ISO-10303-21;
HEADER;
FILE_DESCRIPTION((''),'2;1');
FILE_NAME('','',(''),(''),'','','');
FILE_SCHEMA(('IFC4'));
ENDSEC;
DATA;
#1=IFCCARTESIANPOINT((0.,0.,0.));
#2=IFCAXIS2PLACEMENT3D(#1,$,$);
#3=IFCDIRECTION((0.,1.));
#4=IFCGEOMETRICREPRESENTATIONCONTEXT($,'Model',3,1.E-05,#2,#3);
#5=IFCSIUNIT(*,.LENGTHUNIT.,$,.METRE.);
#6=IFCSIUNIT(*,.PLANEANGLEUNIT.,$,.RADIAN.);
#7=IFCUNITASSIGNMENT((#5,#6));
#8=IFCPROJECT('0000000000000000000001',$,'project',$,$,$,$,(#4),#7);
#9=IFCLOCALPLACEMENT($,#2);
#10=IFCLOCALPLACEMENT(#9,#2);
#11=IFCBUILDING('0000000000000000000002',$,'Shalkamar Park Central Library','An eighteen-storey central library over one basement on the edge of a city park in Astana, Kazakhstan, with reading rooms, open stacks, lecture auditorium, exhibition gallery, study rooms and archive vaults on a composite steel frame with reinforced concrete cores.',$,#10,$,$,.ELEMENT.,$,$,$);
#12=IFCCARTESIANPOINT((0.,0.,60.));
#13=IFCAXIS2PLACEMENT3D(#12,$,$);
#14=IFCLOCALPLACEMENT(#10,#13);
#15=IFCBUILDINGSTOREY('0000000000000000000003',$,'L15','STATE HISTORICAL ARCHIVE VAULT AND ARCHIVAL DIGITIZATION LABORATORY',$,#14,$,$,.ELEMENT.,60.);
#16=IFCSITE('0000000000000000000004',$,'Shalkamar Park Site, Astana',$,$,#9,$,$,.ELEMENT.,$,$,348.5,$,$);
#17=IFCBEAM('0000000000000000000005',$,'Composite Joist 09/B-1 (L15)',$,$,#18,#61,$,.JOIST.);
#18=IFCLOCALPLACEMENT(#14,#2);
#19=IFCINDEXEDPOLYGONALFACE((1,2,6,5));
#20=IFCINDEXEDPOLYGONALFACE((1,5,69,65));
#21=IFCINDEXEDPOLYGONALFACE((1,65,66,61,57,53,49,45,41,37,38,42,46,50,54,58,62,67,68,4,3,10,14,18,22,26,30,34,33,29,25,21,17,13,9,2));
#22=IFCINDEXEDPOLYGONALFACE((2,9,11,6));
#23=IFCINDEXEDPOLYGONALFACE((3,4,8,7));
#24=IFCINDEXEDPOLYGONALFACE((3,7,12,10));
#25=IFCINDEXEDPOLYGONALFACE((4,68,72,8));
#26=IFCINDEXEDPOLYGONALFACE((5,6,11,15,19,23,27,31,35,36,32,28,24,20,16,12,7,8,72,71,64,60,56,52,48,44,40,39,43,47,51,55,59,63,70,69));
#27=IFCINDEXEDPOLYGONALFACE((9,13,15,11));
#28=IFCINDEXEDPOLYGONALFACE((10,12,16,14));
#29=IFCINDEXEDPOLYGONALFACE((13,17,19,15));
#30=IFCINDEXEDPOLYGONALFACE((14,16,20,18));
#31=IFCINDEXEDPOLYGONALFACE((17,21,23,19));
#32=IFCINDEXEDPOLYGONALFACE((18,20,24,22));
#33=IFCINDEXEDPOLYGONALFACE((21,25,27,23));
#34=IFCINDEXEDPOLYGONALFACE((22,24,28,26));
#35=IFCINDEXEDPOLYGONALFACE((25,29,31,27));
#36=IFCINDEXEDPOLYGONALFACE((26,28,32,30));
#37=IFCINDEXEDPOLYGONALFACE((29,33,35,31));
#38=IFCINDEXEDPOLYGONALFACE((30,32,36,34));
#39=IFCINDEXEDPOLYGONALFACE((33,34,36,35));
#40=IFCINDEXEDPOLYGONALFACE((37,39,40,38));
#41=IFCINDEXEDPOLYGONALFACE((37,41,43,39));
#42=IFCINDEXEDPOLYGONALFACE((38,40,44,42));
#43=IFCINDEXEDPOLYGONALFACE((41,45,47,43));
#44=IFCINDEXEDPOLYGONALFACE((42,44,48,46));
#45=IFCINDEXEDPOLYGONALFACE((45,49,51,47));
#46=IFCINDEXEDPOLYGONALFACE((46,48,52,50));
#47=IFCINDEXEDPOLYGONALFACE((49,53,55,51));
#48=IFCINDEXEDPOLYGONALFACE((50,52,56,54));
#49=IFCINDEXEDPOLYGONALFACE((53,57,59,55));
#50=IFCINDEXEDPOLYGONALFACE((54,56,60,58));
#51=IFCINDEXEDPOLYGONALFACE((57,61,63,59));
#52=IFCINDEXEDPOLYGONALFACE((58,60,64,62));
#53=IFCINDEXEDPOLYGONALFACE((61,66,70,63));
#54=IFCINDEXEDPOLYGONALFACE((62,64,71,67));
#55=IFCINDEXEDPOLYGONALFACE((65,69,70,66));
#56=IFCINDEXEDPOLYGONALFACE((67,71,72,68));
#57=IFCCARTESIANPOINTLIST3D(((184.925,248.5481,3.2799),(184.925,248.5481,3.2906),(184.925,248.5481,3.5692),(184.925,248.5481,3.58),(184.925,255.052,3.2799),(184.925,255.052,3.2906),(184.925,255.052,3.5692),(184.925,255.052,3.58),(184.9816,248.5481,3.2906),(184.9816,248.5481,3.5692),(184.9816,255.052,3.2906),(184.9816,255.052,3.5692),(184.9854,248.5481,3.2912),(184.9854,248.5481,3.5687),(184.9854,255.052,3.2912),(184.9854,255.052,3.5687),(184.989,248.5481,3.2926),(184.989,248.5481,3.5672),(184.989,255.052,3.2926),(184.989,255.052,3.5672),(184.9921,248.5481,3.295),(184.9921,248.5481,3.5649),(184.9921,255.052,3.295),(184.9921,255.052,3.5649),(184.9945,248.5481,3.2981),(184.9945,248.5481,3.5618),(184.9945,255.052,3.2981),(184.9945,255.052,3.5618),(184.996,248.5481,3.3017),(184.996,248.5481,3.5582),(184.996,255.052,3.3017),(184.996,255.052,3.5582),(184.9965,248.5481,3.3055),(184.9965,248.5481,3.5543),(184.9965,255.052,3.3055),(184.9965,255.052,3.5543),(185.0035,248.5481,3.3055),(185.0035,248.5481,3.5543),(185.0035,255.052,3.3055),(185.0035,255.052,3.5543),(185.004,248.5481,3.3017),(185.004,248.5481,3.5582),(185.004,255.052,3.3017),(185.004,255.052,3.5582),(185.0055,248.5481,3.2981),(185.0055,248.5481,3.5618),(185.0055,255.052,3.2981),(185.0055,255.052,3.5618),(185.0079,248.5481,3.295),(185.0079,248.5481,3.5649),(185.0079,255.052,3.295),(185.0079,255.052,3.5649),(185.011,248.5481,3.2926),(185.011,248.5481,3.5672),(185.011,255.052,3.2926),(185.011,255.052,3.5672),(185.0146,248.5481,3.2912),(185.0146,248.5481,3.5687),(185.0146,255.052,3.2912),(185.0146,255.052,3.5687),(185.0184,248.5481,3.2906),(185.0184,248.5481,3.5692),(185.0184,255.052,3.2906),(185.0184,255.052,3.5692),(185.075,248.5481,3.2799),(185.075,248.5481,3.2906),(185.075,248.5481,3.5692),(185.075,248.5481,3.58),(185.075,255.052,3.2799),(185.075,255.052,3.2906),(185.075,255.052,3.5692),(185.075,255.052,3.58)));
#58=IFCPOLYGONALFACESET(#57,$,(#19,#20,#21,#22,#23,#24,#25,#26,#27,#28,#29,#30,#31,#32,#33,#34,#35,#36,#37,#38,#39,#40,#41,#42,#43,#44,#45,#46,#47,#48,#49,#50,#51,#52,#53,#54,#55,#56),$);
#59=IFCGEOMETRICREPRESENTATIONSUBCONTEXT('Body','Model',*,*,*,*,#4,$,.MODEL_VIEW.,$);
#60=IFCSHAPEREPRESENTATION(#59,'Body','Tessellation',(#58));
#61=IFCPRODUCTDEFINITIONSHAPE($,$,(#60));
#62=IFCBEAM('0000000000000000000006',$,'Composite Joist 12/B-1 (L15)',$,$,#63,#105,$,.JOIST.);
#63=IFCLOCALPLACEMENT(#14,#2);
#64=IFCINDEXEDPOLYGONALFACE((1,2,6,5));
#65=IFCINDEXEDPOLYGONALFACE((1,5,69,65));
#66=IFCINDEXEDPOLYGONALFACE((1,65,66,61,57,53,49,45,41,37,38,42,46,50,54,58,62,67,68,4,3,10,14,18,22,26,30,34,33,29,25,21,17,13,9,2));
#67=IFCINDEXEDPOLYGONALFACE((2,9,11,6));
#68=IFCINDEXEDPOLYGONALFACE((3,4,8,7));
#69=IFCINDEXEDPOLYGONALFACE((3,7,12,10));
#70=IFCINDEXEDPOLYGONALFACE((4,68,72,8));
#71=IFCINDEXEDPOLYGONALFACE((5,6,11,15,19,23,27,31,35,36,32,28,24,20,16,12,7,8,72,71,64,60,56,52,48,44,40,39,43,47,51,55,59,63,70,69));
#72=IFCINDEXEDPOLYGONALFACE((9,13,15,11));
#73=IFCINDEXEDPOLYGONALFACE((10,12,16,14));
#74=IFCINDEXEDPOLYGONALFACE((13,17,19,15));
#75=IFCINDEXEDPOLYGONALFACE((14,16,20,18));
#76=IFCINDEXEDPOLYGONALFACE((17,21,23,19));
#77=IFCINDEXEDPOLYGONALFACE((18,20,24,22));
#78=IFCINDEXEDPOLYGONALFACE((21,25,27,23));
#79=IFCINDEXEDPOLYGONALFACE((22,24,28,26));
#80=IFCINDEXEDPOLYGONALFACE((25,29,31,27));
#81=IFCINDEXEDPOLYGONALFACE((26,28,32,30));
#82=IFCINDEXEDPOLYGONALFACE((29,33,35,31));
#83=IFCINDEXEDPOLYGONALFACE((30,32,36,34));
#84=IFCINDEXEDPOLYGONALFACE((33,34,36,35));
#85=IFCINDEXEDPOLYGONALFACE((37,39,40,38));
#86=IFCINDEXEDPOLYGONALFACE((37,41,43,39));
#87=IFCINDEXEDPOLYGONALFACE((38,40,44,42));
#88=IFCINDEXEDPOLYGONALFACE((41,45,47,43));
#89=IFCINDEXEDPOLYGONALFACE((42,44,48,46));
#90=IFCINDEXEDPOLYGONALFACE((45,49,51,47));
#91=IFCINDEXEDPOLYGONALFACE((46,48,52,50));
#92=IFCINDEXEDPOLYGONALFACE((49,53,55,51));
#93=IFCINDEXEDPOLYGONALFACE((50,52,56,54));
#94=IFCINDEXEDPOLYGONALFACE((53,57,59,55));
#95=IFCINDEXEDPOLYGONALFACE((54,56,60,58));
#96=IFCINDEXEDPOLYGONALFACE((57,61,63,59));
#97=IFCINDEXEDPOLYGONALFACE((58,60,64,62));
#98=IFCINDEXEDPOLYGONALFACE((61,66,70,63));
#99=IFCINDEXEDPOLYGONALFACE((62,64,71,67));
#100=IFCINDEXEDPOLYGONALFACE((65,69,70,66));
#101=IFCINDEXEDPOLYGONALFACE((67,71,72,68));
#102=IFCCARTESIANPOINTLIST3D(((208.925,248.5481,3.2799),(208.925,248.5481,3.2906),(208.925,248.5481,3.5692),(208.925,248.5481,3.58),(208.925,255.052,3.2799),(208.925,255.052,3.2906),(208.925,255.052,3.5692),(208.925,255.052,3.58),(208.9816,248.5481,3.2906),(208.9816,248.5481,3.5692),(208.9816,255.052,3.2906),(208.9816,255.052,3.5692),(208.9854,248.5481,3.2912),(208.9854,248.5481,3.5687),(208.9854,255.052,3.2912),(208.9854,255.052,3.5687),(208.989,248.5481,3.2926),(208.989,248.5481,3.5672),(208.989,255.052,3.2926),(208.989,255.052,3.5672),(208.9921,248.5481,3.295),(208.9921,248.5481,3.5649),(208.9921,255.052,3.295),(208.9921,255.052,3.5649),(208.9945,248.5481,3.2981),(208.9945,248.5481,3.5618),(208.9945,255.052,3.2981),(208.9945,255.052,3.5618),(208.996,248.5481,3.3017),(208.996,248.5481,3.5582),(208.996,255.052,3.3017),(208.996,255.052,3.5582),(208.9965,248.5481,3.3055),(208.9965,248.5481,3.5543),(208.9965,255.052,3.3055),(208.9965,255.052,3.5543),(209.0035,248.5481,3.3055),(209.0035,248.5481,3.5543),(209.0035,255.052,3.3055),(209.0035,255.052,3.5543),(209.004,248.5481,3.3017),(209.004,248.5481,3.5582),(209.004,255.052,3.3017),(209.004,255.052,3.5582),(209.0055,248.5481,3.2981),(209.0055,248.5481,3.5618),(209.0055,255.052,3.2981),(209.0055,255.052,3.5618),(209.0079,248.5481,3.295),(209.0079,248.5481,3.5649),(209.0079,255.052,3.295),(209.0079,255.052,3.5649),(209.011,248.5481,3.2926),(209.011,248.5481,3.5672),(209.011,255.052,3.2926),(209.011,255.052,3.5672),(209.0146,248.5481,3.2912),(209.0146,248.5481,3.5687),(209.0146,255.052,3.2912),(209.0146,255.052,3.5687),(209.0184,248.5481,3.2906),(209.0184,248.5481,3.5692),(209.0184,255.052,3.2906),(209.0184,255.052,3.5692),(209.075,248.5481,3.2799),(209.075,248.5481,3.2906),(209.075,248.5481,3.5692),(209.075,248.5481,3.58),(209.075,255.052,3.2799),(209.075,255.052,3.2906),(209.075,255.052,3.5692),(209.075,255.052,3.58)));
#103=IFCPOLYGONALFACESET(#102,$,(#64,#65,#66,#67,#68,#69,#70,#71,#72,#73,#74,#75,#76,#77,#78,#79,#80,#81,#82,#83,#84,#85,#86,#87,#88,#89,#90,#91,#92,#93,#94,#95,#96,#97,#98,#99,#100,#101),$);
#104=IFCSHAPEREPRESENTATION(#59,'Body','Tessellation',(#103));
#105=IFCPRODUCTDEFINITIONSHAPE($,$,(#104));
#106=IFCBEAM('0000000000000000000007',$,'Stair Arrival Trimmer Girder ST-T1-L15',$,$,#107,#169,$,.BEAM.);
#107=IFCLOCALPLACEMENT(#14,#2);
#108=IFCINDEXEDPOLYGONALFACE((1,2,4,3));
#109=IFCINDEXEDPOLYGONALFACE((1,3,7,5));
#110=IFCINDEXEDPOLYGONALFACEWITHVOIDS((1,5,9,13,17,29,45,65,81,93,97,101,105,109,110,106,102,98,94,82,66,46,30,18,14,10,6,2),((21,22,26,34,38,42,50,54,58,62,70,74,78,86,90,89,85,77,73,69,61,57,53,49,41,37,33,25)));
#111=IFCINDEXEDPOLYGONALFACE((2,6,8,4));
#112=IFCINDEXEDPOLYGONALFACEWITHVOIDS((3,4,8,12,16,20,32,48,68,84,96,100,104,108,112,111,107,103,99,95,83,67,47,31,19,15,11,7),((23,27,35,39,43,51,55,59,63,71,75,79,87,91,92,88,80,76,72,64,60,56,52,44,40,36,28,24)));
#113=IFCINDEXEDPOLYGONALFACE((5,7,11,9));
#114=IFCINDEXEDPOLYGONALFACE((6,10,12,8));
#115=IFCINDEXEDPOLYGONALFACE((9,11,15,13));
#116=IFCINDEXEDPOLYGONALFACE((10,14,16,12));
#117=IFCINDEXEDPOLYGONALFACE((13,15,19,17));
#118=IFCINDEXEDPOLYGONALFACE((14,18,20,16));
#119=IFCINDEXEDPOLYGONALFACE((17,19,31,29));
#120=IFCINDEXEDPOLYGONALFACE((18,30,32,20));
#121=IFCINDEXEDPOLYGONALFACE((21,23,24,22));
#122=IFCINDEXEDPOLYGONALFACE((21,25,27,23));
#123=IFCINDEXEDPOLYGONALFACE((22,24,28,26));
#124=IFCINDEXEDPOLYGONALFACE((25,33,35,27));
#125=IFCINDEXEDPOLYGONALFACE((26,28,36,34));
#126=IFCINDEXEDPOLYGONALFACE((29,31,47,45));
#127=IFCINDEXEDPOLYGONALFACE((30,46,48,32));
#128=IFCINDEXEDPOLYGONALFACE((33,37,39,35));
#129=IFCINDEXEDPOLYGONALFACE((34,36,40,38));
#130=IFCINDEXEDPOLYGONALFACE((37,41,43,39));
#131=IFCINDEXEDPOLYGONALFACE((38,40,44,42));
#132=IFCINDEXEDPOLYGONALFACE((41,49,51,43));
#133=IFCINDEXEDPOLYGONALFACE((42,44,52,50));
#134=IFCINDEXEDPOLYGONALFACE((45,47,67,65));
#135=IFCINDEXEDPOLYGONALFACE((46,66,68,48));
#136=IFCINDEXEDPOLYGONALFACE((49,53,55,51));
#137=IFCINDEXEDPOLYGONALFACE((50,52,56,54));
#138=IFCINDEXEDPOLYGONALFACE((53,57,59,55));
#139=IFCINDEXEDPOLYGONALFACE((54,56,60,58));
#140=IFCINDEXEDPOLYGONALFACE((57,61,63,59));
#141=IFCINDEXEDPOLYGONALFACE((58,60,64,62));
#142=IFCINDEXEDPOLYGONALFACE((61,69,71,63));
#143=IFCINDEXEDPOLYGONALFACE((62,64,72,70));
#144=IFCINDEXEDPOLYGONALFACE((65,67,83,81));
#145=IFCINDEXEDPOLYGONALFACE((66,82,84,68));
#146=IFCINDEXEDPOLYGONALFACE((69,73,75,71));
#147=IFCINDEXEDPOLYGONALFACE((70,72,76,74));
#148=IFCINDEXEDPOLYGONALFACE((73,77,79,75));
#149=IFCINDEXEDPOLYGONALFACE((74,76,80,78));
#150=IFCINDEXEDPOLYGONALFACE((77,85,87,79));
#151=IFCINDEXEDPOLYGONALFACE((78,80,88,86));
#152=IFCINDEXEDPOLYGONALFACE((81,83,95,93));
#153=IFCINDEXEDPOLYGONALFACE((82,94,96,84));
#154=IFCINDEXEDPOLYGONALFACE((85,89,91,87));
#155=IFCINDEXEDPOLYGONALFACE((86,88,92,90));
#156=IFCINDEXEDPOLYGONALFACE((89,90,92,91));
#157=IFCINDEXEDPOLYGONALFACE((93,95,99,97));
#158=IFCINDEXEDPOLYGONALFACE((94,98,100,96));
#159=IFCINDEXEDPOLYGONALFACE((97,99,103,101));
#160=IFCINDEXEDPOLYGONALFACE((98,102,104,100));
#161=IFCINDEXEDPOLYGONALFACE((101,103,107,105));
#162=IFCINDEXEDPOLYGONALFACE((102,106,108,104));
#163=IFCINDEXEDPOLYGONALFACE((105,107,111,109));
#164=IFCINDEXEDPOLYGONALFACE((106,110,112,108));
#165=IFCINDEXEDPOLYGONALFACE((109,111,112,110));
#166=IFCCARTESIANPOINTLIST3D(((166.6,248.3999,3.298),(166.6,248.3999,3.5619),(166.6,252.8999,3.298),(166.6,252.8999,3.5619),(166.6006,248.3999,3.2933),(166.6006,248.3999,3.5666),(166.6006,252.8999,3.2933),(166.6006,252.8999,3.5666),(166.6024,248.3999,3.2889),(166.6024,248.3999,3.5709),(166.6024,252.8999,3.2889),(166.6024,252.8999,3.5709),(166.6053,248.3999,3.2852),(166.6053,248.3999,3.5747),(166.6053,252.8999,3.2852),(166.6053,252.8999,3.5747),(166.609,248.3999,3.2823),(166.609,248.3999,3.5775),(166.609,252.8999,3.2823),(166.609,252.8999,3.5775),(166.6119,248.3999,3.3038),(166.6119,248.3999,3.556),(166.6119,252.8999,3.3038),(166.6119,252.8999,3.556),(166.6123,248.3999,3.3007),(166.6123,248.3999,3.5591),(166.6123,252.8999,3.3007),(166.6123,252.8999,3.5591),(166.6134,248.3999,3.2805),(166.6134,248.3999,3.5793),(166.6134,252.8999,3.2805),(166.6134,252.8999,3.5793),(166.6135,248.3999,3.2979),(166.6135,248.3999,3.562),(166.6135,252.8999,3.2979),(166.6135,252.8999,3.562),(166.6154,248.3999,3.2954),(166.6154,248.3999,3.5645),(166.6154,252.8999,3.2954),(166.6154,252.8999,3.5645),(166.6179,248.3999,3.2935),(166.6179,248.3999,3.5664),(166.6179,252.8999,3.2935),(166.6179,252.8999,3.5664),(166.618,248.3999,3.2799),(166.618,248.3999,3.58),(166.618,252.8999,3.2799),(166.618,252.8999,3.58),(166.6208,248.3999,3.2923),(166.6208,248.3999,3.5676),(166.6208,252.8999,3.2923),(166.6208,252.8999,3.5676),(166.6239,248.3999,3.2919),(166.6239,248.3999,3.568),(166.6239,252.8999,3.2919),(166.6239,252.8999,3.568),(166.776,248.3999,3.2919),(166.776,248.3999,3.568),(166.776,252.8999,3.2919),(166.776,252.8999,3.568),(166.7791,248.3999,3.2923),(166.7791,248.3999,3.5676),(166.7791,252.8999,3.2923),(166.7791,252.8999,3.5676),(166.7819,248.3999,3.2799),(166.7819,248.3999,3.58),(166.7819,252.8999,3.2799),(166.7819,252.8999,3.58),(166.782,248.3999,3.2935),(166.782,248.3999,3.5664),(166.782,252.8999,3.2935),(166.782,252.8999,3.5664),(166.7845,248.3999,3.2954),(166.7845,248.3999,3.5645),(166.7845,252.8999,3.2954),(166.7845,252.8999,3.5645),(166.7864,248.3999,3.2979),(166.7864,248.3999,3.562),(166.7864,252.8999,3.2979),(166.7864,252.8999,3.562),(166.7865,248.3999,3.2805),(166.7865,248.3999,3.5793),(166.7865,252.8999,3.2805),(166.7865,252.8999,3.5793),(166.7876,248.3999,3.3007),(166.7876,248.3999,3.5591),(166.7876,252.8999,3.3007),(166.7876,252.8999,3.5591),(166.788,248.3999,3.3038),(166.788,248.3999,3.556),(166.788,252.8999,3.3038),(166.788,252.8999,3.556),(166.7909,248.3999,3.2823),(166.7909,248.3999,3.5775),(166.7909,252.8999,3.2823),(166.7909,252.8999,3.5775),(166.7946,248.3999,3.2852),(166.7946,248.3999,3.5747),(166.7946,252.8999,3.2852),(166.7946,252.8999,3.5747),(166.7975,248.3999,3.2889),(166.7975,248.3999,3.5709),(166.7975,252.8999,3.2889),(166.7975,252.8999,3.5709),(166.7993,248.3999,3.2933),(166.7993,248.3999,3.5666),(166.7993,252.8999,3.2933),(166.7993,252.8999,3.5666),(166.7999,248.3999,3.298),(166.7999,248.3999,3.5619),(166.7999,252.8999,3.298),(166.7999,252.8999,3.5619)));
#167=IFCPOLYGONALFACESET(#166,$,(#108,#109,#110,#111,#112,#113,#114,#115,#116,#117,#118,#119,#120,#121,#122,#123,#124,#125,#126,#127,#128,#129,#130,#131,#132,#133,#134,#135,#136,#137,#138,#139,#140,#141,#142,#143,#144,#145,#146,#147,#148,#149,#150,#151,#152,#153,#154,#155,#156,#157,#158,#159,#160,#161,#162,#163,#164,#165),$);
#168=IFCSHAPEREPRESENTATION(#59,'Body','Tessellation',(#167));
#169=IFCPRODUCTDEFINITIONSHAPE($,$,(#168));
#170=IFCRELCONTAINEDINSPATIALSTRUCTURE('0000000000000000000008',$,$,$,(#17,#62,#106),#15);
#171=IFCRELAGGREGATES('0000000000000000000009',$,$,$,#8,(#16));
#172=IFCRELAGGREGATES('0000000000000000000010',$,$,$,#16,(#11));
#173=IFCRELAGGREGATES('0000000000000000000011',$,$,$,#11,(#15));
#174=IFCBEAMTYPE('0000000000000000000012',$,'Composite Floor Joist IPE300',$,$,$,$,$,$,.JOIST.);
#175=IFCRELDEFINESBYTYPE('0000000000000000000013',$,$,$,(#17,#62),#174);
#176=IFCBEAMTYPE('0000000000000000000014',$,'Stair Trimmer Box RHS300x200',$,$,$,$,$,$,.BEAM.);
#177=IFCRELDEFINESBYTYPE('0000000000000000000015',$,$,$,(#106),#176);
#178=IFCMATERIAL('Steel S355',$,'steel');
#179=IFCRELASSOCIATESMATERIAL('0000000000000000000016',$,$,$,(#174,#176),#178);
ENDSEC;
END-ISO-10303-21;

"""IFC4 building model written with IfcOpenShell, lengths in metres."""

from ifc_helpers import new_model, si_unit, direction, frame, origin, origin_2d, place, context, subcontext, project, spatial, hollow_rectangle, i_section, extrude, material, material_profile, profile_set, type_object, element, save


model = new_model("IFC4")

# Units and contexts
model_context = context("Model", 3, precision=1e-05, world=origin(), true_north=direction((0.0, 1.0)))
body_context = subcontext(model_context, "Body", "Model", "MODEL_VIEW")
ifc_project = project(units=[si_unit("LENGTHUNIT", "METRE"), si_unit("PLANEANGLEUNIT", "RADIAN")], contexts=[model_context])

# Site, building, storey
site_placement = place(None, origin())
site = spatial("IfcSite", under=ifc_project, at=site_placement, Name="Shalkamar Park Site, Astana", CompositionType="ELEMENT", RefElevation=348.5)
building_placement = place(site_placement, origin())
building = spatial("IfcBuilding", under=site, at=building_placement, Name="Shalkamar Park Central Library", Description="An eighteen-storey central library over one basement on the edge of a city park in Astana, Kazakhstan, with reading rooms, open stacks, lecture auditorium, exhibition gallery, study rooms and archive vaults on a composite steel frame with reinforced concrete cores.", CompositionType="ELEMENT")
storey_placement = place(building_placement, frame((0.0, 0.0, 60.0)))
storey = spatial("IfcBuildingStorey", under=building, at=storey_placement, Name="L15", Description="STATE HISTORICAL ARCHIVE VAULT AND ARCHIVAL DIGITIZATION LABORATORY", CompositionType="ELEMENT", Elevation=60.0)

# Beams
ifc_material_1 = material(Name="Steel S355", Category="steel")
ifc_material_profile_1 = material_profile(ifc_material_1, i_section(OverallWidth=0.1499, OverallDepth=0.3, WebThickness=0.0071, FlangeThickness=0.0107, FilletRadius=0.0149, at=origin_2d()), Name="IPE 300")
ifc_profile_set_1 = profile_set([ifc_material_profile_1], Name="Steel S355")
beam_type_1 = type_object("IfcBeamType", Name="Composite Floor Joist IPE300", PredefinedType="JOIST", material=ifc_profile_set_1)
for number, where, z_axis, x_axis, name in (
    (1, (185.0, 248.5481, 3.4299), (0.0, 1.0, 0.0), (-1.0, 0.0, 0.0), "Composite Joist 09/B-1 (L15)"),
    (2, (209.0, 248.5481, 3.4299), (0.0, 1.0, 0.0), (-1.0, 0.0, 0.0), "Composite Joist 12/B-1 (L15)"),
):
    element("IfcBeam", number, at=place(storey_placement, frame(where, z_axis=z_axis, x_axis=x_axis)), inside=storey, type_object=beam_type_1, Name=name, PredefinedType="JOIST", context=body_context, shape_type="SweptSolid", body=[
        extrude(i_section(OverallWidth=0.1499, OverallDepth=0.3, WebThickness=0.0071, FlangeThickness=0.0107, FilletRadius=0.0149, at=origin_2d()), origin(), (0.0, 0.0, 1.0), 6.5039),
    ])
ifc_material_profile_2 = material_profile(ifc_material_1, hollow_rectangle(XDim=0.2, YDim=0.3, WallThickness=0.012, InnerFilletRadius=0.012, OuterFilletRadius=0.0181, at=origin_2d()), Name="RHS 300x200x12")
ifc_profile_set_2 = profile_set([ifc_material_profile_2], Name="Steel S355")
beam_type_2 = type_object("IfcBeamType", Name="Stair Trimmer Box RHS300x200", PredefinedType="BEAM", material=ifc_profile_set_2)
for number, where, z_axis, x_axis, name in (
    (3, (166.7, 248.3999, 3.4299), (0.0, 1.0, 0.0), (-1.0, 0.0, 0.0), "Stair Arrival Trimmer Girder ST-T1-L15"),
):
    element("IfcBeam", number, at=place(storey_placement, frame(where, z_axis=z_axis, x_axis=x_axis)), inside=storey, type_object=beam_type_2, Name=name, PredefinedType="BEAM", context=body_context, shape_type="SweptSolid", body=[
        extrude(hollow_rectangle(XDim=0.2, YDim=0.3, WallThickness=0.012, InnerFilletRadius=0.012, OuterFilletRadius=0.0181, at=origin_2d()), origin(), (0.0, 0.0, 1.0), 4.5),
    ])

save(model, "model.ifc")
